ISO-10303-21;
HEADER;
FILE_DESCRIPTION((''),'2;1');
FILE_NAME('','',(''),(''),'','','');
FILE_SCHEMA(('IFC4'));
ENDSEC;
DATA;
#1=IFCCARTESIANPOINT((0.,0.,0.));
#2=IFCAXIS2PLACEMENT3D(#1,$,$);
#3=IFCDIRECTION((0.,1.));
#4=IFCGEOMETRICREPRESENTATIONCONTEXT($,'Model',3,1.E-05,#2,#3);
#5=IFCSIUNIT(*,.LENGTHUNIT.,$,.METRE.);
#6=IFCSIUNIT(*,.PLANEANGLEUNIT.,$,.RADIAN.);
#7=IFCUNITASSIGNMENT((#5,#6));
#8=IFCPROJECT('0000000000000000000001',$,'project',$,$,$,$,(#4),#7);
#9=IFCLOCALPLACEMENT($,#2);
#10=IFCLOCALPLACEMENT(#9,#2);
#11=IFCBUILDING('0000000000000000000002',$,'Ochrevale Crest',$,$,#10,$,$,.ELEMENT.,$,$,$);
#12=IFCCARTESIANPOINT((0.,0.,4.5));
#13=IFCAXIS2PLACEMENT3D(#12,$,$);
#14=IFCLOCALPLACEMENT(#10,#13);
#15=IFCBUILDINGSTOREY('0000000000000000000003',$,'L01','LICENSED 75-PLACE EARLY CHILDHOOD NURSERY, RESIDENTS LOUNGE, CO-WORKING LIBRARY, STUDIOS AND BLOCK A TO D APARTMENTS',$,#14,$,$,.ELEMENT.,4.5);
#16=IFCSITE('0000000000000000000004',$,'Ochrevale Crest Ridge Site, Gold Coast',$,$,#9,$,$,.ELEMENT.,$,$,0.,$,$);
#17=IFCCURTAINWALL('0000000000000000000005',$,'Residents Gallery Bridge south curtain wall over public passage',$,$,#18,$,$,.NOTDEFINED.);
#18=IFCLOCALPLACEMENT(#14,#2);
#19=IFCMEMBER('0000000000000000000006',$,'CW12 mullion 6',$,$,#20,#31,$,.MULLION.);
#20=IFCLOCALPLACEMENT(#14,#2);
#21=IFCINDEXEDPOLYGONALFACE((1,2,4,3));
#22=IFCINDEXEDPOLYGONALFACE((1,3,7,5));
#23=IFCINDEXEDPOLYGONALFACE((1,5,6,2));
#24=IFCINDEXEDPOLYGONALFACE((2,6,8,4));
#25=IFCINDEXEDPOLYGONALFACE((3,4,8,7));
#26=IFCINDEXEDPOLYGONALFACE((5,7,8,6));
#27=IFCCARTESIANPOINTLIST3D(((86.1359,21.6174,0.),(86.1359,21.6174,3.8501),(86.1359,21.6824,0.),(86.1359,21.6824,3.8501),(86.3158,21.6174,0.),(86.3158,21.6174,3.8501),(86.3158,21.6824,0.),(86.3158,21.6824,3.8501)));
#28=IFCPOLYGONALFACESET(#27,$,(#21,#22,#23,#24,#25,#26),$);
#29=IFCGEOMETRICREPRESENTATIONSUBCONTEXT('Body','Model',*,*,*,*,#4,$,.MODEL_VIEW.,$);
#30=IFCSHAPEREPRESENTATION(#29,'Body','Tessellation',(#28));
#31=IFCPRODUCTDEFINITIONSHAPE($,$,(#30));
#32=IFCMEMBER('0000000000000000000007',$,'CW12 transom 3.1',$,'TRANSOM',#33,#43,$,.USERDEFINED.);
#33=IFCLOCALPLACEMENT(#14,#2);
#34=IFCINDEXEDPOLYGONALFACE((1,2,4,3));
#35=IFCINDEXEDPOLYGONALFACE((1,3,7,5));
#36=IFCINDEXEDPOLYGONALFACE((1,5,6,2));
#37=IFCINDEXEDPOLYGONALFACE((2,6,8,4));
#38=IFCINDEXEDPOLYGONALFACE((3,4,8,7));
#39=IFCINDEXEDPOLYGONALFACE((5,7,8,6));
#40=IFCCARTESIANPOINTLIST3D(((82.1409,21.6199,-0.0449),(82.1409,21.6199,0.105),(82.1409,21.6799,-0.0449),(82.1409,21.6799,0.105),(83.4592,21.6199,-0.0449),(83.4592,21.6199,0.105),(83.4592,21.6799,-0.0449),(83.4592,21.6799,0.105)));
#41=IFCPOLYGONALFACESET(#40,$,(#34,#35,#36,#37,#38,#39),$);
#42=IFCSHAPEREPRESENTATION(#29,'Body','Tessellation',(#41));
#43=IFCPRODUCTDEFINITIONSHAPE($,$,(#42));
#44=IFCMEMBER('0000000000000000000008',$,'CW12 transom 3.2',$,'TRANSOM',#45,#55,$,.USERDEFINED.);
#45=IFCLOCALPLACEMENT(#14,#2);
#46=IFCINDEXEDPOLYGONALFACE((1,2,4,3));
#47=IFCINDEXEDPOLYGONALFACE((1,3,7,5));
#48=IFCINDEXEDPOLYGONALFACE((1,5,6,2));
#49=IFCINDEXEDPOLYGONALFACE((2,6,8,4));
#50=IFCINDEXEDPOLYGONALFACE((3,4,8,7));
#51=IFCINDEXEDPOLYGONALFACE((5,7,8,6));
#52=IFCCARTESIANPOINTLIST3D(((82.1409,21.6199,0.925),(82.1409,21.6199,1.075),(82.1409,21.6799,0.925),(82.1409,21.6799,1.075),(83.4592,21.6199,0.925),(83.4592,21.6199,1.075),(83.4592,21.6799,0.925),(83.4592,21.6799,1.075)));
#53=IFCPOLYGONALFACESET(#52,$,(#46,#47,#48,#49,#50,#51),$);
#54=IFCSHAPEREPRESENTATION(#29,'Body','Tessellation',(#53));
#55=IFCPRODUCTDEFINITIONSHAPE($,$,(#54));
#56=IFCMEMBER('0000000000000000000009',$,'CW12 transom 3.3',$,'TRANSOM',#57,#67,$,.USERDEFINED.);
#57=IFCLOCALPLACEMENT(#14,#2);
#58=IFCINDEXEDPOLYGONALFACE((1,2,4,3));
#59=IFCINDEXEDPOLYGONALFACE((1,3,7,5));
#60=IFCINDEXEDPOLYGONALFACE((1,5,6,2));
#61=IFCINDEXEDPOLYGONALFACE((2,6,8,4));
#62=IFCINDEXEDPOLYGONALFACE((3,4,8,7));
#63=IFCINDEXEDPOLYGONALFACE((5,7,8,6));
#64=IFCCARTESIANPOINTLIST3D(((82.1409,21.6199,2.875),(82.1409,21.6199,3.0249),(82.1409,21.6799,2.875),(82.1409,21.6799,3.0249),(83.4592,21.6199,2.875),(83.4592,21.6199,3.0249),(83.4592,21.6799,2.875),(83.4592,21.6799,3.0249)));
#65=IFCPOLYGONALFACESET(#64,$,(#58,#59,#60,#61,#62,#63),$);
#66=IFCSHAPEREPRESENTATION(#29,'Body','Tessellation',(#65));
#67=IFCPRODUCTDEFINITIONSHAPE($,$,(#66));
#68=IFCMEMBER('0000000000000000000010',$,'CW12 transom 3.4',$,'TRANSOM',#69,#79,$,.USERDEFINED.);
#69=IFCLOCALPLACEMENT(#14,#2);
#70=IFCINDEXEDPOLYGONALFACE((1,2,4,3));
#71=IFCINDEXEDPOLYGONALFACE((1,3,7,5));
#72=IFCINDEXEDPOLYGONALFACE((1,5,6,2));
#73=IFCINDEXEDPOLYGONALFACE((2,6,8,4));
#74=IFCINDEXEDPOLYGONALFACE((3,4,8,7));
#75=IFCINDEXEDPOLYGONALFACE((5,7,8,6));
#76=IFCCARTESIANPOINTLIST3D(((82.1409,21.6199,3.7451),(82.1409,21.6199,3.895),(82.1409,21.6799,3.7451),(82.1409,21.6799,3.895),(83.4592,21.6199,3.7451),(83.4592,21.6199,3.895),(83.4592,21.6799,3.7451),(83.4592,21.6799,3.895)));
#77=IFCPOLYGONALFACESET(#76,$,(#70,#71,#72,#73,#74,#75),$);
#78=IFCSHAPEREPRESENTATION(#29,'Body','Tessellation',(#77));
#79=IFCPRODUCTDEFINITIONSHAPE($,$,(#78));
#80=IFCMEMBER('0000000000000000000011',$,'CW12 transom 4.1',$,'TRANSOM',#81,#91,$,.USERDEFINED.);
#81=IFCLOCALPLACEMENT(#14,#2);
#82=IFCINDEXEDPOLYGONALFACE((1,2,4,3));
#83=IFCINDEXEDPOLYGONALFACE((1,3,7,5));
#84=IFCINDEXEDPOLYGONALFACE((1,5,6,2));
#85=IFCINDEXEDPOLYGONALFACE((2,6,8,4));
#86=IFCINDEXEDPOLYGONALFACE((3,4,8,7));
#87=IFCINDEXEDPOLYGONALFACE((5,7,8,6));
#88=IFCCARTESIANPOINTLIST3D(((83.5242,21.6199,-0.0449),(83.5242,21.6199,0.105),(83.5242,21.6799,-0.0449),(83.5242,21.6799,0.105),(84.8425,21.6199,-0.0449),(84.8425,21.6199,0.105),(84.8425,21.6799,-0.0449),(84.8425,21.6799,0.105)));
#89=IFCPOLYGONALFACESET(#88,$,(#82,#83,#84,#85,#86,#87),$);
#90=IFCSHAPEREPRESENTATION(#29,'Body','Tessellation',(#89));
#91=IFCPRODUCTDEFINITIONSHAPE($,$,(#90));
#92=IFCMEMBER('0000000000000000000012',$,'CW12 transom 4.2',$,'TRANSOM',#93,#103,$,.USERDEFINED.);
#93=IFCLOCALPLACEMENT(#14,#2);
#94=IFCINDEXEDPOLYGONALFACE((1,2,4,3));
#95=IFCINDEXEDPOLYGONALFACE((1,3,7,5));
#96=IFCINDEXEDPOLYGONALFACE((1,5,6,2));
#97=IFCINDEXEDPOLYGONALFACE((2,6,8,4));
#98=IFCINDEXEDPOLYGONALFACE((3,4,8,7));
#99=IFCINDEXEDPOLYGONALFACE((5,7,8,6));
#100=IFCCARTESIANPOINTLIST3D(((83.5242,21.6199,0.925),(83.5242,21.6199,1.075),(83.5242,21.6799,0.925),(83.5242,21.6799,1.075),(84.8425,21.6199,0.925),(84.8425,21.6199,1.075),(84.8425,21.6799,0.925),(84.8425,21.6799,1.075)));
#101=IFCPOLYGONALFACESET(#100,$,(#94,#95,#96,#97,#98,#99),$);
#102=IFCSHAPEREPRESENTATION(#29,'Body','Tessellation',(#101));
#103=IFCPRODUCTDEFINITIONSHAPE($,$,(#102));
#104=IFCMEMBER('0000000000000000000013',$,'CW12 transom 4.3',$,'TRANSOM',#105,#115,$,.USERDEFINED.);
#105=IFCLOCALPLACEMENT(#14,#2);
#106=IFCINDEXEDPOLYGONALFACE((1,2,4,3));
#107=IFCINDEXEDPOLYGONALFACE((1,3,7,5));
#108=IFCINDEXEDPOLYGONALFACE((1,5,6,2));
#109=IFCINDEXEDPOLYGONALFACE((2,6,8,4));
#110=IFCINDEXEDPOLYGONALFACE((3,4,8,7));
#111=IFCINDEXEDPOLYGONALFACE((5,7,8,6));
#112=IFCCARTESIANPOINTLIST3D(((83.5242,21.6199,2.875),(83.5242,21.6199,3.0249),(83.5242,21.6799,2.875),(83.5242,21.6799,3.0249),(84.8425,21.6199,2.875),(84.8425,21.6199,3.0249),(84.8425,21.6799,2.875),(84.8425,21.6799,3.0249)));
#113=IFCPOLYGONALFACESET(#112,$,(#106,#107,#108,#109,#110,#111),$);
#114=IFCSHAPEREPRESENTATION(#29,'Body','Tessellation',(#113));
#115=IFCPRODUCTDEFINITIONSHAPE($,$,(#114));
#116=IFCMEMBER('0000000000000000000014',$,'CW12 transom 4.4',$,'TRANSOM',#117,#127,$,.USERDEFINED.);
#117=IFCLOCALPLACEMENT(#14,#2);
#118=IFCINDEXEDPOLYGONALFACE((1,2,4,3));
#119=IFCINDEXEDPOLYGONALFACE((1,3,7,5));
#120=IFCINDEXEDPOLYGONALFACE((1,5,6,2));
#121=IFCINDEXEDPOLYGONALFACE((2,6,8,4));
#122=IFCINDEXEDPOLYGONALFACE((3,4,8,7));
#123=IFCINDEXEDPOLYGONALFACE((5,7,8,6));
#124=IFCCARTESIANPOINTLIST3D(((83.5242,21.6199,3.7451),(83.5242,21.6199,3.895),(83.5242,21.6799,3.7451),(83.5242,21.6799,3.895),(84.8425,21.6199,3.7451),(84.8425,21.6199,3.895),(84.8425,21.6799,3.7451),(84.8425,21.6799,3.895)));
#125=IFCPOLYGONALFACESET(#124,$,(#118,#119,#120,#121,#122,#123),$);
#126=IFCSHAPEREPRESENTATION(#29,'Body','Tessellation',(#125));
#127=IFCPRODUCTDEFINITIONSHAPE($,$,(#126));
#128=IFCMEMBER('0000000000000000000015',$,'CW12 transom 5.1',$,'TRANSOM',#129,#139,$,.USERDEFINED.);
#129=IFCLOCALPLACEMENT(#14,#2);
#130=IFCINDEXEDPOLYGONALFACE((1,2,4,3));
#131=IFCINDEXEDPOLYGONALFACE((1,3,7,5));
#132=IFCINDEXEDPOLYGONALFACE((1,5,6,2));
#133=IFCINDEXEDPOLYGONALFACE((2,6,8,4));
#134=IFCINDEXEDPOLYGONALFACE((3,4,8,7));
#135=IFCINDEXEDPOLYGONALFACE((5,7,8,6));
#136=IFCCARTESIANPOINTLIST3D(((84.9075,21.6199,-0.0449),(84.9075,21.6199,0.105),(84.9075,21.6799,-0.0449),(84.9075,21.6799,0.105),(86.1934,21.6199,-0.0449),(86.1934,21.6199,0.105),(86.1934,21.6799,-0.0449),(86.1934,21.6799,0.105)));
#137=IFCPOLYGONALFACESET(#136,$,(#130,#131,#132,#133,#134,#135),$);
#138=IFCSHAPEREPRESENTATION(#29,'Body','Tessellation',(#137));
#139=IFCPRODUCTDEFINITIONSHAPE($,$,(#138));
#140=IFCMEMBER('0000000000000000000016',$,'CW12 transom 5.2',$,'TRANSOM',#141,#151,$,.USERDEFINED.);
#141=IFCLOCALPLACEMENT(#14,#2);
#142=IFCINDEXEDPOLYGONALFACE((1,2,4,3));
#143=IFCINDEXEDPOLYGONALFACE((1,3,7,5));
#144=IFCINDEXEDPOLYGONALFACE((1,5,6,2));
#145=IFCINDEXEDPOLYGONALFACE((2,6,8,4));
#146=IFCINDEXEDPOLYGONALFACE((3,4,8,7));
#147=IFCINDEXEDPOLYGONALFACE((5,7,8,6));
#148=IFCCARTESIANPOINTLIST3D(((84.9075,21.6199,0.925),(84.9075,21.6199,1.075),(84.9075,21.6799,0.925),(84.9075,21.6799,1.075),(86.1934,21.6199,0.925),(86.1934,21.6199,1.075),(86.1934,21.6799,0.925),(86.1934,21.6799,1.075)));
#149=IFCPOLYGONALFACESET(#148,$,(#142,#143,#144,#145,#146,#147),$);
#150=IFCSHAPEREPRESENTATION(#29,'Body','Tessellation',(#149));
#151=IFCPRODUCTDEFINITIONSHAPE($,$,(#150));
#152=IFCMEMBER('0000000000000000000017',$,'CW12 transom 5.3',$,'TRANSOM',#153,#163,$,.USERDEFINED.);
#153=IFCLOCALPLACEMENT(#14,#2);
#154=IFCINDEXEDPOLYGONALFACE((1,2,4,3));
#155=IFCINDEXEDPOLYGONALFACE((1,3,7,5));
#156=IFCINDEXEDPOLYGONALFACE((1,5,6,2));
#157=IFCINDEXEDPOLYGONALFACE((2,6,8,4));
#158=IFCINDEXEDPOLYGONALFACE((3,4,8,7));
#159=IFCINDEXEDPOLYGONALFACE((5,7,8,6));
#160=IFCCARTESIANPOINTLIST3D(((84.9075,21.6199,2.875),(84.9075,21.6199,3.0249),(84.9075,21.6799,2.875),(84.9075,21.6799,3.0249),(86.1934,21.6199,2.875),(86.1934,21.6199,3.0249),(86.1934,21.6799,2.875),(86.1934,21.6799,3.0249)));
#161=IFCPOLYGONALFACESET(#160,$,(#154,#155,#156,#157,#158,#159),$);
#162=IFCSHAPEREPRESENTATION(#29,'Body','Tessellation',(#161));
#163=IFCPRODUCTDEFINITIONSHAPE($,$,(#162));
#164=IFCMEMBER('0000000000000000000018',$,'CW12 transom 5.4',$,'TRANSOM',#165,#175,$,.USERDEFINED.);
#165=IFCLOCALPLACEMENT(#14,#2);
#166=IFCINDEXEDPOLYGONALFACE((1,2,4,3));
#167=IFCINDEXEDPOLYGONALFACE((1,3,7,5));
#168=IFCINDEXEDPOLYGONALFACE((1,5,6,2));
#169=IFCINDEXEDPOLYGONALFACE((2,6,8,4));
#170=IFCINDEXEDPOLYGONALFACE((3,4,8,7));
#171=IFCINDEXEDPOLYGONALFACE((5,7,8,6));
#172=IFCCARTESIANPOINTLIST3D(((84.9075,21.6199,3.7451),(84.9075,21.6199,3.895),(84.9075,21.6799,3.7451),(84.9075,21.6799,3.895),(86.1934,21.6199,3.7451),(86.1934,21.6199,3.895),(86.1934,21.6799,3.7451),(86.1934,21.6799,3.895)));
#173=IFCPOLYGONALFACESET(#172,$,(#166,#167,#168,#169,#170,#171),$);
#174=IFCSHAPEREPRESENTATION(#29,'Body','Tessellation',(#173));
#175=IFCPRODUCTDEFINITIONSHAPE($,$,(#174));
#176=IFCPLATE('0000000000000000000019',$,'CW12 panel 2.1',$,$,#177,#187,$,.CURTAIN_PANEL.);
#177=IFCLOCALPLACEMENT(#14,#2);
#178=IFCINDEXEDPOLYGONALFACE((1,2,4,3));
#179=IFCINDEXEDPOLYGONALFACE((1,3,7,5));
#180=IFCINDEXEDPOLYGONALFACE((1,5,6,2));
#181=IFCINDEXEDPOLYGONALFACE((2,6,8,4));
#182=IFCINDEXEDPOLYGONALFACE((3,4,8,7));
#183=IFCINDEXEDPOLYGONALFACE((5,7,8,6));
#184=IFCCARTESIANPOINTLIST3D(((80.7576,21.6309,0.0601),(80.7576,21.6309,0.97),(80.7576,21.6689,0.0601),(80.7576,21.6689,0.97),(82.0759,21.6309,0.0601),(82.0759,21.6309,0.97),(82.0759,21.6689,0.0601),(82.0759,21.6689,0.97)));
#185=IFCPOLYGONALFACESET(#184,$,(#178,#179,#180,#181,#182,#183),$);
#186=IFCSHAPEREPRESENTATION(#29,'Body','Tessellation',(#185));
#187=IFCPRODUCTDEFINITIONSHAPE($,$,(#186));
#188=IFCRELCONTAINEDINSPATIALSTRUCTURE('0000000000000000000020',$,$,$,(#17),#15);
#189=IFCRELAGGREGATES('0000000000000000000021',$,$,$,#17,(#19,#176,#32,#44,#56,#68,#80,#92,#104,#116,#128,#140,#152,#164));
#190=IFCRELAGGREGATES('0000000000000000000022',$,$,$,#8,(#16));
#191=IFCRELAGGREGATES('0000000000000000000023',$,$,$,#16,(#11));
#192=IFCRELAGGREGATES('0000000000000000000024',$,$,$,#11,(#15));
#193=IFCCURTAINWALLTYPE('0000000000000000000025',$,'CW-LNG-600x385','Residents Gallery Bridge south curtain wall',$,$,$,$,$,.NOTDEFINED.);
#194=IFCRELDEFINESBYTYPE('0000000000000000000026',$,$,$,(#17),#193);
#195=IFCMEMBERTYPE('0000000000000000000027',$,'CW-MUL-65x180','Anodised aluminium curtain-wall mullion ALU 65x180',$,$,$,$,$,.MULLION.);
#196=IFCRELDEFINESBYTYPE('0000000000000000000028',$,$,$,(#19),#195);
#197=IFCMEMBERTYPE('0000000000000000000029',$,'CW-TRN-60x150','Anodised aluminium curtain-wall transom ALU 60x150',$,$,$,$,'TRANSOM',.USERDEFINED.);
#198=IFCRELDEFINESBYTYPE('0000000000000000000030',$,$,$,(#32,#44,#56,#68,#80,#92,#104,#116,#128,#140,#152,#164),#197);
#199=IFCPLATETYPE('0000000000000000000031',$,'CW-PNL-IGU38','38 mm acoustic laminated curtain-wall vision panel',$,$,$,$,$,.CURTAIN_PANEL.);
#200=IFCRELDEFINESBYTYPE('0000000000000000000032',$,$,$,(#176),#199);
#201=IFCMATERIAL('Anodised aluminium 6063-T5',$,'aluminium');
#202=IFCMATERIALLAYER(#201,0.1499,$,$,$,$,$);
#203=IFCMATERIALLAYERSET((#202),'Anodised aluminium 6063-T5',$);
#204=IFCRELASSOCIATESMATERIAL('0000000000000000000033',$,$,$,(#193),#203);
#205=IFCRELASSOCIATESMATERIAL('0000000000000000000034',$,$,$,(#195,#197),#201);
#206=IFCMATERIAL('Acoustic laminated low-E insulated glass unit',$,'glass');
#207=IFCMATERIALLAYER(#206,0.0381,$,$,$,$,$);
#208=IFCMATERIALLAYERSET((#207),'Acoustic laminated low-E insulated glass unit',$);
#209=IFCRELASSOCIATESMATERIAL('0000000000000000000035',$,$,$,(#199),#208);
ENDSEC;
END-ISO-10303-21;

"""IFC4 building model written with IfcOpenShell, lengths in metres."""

from ifc_helpers import new_model, si_unit, direction, frame, origin, origin_2d, place, context, subcontext, project, spatial, rectangle, extrude, material, layer, layer_set, material_profile, profile_set, type_object, element, aggregate, save


model = new_model("IFC4")

# Units and contexts
model_context = context("Model", 3, precision=1e-05, world=origin(), true_north=direction((0.0, 1.0)))
body_context = subcontext(model_context, "Body", "Model", "MODEL_VIEW")
ifc_project = project(units=[si_unit("LENGTHUNIT", "METRE"), si_unit("PLANEANGLEUNIT", "RADIAN")], contexts=[model_context])

# Site, building, storey
site_placement = place(None, origin())
site = spatial("IfcSite", under=ifc_project, at=site_placement, Name="Ochrevale Crest Ridge Site, Gold Coast", CompositionType="ELEMENT", RefElevation=0.0)
building_placement = place(site_placement, origin())
building = spatial("IfcBuilding", under=site, at=building_placement, Name="Ochrevale Crest", CompositionType="ELEMENT")
storey_placement = place(building_placement, frame((0.0, 0.0, 4.5)))
storey = spatial("IfcBuildingStorey", under=building, at=storey_placement, Name="L01", Description="LICENSED 75-PLACE EARLY CHILDHOOD NURSERY, RESIDENTS LOUNGE, CO-WORKING LIBRARY, STUDIOS AND BLOCK A TO D APARTMENTS", CompositionType="ELEMENT", Elevation=4.5)

# Curtain wall, members, plate
ifc_material_1 = material(Name="Anodised aluminium 6063-T5", Category="aluminium")
ifc_layer_1 = layer(ifc_material_1, 0.1499)
ifc_layer_set_1 = layer_set([ifc_layer_1], Name="Anodised aluminium 6063-T5")
curtain_wall_type = type_object("IfcCurtainWallType", Name="CW-LNG-600x385", Description="Residents Gallery Bridge south curtain wall", PredefinedType="NOTDEFINED", material=ifc_layer_set_1)
curtain_wall_placement = place(storey_placement, origin())
curtain_wall = element("IfcCurtainWall", 1, at=curtain_wall_placement, inside=storey, type_object=curtain_wall_type, Name="Residents Gallery Bridge south curtain wall over public passage", PredefinedType="NOTDEFINED")
ifc_material_profile_1 = material_profile(ifc_material_1, rectangle(XDim=0.0649, YDim=0.1799, at=origin_2d()), Name="ALU 65x180")
ifc_profile_set_1 = profile_set([ifc_material_profile_1], Name="Anodised aluminium 6063-T5")
member_type_1 = type_object("IfcMemberType", Name="CW-MUL-65x180", Description="Anodised aluminium curtain-wall mullion ALU 65x180", PredefinedType="MULLION", material=ifc_profile_set_1)
member_1_placement = place(storey_placement, frame((86.2258, 21.6499, 0.0), z_axis=(0.0, 0.0, 1.0), x_axis=(0.0, 1.0, 0.0)))
member_1 = element("IfcMember", 2, at=member_1_placement, type_object=member_type_1, Name="CW12 mullion 6", PredefinedType="MULLION", context=body_context, shape_type="SweptSolid", body=[
    extrude(rectangle(XDim=0.0649, YDim=0.1799, at=origin_2d()), origin(), (0.0, 0.0, 1.0), 3.8501),
])
ifc_material_profile_2 = material_profile(ifc_material_1, rectangle(XDim=0.0601, YDim=0.1499, at=origin_2d()), Name="ALU 60x150")
ifc_profile_set_2 = profile_set([ifc_material_profile_2], Name="Anodised aluminium 6063-T5")
member_type_2 = type_object("IfcMemberType", Name="CW-TRN-60x150", Description="Anodised aluminium curtain-wall transom ALU 60x150", ElementType="TRANSOM", PredefinedType="USERDEFINED", material=ifc_profile_set_2)
member_2_placement = place(storey_placement, frame((82.1409, 21.6499, 0.03), z_axis=(1.0, 0.0, 0.0), x_axis=(0.0, 1.0, 0.0)))
member_2 = element("IfcMember", 3, at=member_2_placement, type_object=member_type_2, Name="CW12 transom 3.1", ObjectType="TRANSOM", PredefinedType="USERDEFINED", context=body_context, shape_type="SweptSolid", body=[
    extrude(rectangle(XDim=0.0601, YDim=0.1499, at=origin_2d()), origin(), (0.0, 0.0, 1.0), 1.3184),
])
member_3_placement = place(storey_placement, frame((82.1409, 21.6499, 1.0), z_axis=(1.0, 0.0, 0.0), x_axis=(0.0, 1.0, 0.0)))
member_3 = element("IfcMember", 4, at=member_3_placement, type_object=member_type_2, Name="CW12 transom 3.2", ObjectType="TRANSOM", PredefinedType="USERDEFINED", context=body_context, shape_type="SweptSolid", body=[
    extrude(rectangle(XDim=0.0601, YDim=0.1499, at=origin_2d()), origin(), (0.0, 0.0, 1.0), 1.3184),
])
member_4_placement = place(storey_placement, frame((82.1409, 21.6499, 2.95), z_axis=(1.0, 0.0, 0.0), x_axis=(0.0, 1.0, 0.0)))
member_4 = element("IfcMember", 5, at=member_4_placement, type_object=member_type_2, Name="CW12 transom 3.3", ObjectType="TRANSOM", PredefinedType="USERDEFINED", context=body_context, shape_type="SweptSolid", body=[
    extrude(rectangle(XDim=0.0601, YDim=0.1499, at=origin_2d()), origin(), (0.0, 0.0, 1.0), 1.3184),
])
member_5_placement = place(storey_placement, frame((82.1409, 21.6499, 3.8201), z_axis=(1.0, 0.0, 0.0), x_axis=(0.0, 1.0, 0.0)))
member_5 = element("IfcMember", 6, at=member_5_placement, type_object=member_type_2, Name="CW12 transom 3.4", ObjectType="TRANSOM", PredefinedType="USERDEFINED", context=body_context, shape_type="SweptSolid", body=[
    extrude(rectangle(XDim=0.0601, YDim=0.1499, at=origin_2d()), origin(), (0.0, 0.0, 1.0), 1.3184),
])
member_6_placement = place(storey_placement, frame((83.5242, 21.6499, 0.03), z_axis=(1.0, 0.0, 0.0), x_axis=(0.0, 1.0, 0.0)))
member_6 = element("IfcMember", 7, at=member_6_placement, type_object=member_type_2, Name="CW12 transom 4.1", ObjectType="TRANSOM", PredefinedType="USERDEFINED", context=body_context, shape_type="SweptSolid", body=[
    extrude(rectangle(XDim=0.0601, YDim=0.1499, at=origin_2d()), origin(), (0.0, 0.0, 1.0), 1.3184),
])
member_7_placement = place(storey_placement, frame((83.5242, 21.6499, 1.0), z_axis=(1.0, 0.0, 0.0), x_axis=(0.0, 1.0, 0.0)))
member_7 = element("IfcMember", 8, at=member_7_placement, type_object=member_type_2, Name="CW12 transom 4.2", ObjectType="TRANSOM", PredefinedType="USERDEFINED", context=body_context, shape_type="SweptSolid", body=[
    extrude(rectangle(XDim=0.0601, YDim=0.1499, at=origin_2d()), origin(), (0.0, 0.0, 1.0), 1.3184),
])
member_8_placement = place(storey_placement, frame((83.5242, 21.6499, 2.95), z_axis=(1.0, 0.0, 0.0), x_axis=(0.0, 1.0, 0.0)))
member_8 = element("IfcMember", 9, at=member_8_placement, type_object=member_type_2, Name="CW12 transom 4.3", ObjectType="TRANSOM", PredefinedType="USERDEFINED", context=body_context, shape_type="SweptSolid", body=[
    extrude(rectangle(XDim=0.0601, YDim=0.1499, at=origin_2d()), origin(), (0.0, 0.0, 1.0), 1.3184),
])
member_9_placement = place(storey_placement, frame((83.5242, 21.6499, 3.8201), z_axis=(1.0, 0.0, 0.0), x_axis=(0.0, 1.0, 0.0)))
member_9 = element("IfcMember", 10, at=member_9_placement, type_object=member_type_2, Name="CW12 transom 4.4", ObjectType="TRANSOM", PredefinedType="USERDEFINED", context=body_context, shape_type="SweptSolid", body=[
    extrude(rectangle(XDim=0.0601, YDim=0.1499, at=origin_2d()), origin(), (0.0, 0.0, 1.0), 1.3184),
])
member_10_placement = place(storey_placement, frame((84.9075, 21.6499, 0.03), z_axis=(1.0, 0.0, 0.0), x_axis=(0.0, 1.0, 0.0)))
member_10 = element("IfcMember", 11, at=member_10_placement, type_object=member_type_2, Name="CW12 transom 5.1", ObjectType="TRANSOM", PredefinedType="USERDEFINED", context=body_context, shape_type="SweptSolid", body=[
    extrude(rectangle(XDim=0.0601, YDim=0.1499, at=origin_2d()), origin(), (0.0, 0.0, 1.0), 1.2859),
])
member_11_placement = place(storey_placement, frame((84.9075, 21.6499, 1.0), z_axis=(1.0, 0.0, 0.0), x_axis=(0.0, 1.0, 0.0)))
member_11 = element("IfcMember", 12, at=member_11_placement, type_object=member_type_2, Name="CW12 transom 5.2", ObjectType="TRANSOM", PredefinedType="USERDEFINED", context=body_context, shape_type="SweptSolid", body=[
    extrude(rectangle(XDim=0.0601, YDim=0.1499, at=origin_2d()), origin(), (0.0, 0.0, 1.0), 1.2859),
])
member_12_placement = place(storey_placement, frame((84.9075, 21.6499, 2.95), z_axis=(1.0, 0.0, 0.0), x_axis=(0.0, 1.0, 0.0)))
member_12 = element("IfcMember", 13, at=member_12_placement, type_object=member_type_2, Name="CW12 transom 5.3", ObjectType="TRANSOM", PredefinedType="USERDEFINED", context=body_context, shape_type="SweptSolid", body=[
    extrude(rectangle(XDim=0.0601, YDim=0.1499, at=origin_2d()), origin(), (0.0, 0.0, 1.0), 1.2859),
])
member_13_placement = place(storey_placement, frame((84.9075, 21.6499, 3.8201), z_axis=(1.0, 0.0, 0.0), x_axis=(0.0, 1.0, 0.0)))
member_13 = element("IfcMember", 14, at=member_13_placement, type_object=member_type_2, Name="CW12 transom 5.4", ObjectType="TRANSOM", PredefinedType="USERDEFINED", context=body_context, shape_type="SweptSolid", body=[
    extrude(rectangle(XDim=0.0601, YDim=0.1499, at=origin_2d()), origin(), (0.0, 0.0, 1.0), 1.2859),
])
ifc_material_2 = material(Name="Acoustic laminated low-E insulated glass unit", Category="glass")
ifc_layer_2 = layer(ifc_material_2, 0.0381)
ifc_layer_set_2 = layer_set([ifc_layer_2], Name="Acoustic laminated low-E insulated glass unit")
plate_type = type_object("IfcPlateType", Name="CW-PNL-IGU38", Description="38 mm acoustic laminated curtain-wall vision panel", PredefinedType="CURTAIN_PANEL", material=ifc_layer_set_2)
plate_1_placement = place(storey_placement, frame((81.4167, 21.6499, 0.0601), z_axis=(0.0, 0.0, 1.0), x_axis=(1.0, 0.0, 0.0)))
plate_1 = element("IfcPlate", 15, at=plate_1_placement, type_object=plate_type, Name="CW12 panel 2.1", PredefinedType="CURTAIN_PANEL", context=body_context, shape_type="SweptSolid", body=[
    extrude(rectangle(XDim=1.3184, YDim=0.0381, at=origin_2d()), origin(), (0.0, 0.0, 1.0), 0.9099),
])
aggregate(curtain_wall, [member_1, plate_1, member_2, member_3, member_4, member_5, member_6, member_7, member_8, member_9, member_10, member_11, member_12, member_13])

save(model, "model.ifc")
